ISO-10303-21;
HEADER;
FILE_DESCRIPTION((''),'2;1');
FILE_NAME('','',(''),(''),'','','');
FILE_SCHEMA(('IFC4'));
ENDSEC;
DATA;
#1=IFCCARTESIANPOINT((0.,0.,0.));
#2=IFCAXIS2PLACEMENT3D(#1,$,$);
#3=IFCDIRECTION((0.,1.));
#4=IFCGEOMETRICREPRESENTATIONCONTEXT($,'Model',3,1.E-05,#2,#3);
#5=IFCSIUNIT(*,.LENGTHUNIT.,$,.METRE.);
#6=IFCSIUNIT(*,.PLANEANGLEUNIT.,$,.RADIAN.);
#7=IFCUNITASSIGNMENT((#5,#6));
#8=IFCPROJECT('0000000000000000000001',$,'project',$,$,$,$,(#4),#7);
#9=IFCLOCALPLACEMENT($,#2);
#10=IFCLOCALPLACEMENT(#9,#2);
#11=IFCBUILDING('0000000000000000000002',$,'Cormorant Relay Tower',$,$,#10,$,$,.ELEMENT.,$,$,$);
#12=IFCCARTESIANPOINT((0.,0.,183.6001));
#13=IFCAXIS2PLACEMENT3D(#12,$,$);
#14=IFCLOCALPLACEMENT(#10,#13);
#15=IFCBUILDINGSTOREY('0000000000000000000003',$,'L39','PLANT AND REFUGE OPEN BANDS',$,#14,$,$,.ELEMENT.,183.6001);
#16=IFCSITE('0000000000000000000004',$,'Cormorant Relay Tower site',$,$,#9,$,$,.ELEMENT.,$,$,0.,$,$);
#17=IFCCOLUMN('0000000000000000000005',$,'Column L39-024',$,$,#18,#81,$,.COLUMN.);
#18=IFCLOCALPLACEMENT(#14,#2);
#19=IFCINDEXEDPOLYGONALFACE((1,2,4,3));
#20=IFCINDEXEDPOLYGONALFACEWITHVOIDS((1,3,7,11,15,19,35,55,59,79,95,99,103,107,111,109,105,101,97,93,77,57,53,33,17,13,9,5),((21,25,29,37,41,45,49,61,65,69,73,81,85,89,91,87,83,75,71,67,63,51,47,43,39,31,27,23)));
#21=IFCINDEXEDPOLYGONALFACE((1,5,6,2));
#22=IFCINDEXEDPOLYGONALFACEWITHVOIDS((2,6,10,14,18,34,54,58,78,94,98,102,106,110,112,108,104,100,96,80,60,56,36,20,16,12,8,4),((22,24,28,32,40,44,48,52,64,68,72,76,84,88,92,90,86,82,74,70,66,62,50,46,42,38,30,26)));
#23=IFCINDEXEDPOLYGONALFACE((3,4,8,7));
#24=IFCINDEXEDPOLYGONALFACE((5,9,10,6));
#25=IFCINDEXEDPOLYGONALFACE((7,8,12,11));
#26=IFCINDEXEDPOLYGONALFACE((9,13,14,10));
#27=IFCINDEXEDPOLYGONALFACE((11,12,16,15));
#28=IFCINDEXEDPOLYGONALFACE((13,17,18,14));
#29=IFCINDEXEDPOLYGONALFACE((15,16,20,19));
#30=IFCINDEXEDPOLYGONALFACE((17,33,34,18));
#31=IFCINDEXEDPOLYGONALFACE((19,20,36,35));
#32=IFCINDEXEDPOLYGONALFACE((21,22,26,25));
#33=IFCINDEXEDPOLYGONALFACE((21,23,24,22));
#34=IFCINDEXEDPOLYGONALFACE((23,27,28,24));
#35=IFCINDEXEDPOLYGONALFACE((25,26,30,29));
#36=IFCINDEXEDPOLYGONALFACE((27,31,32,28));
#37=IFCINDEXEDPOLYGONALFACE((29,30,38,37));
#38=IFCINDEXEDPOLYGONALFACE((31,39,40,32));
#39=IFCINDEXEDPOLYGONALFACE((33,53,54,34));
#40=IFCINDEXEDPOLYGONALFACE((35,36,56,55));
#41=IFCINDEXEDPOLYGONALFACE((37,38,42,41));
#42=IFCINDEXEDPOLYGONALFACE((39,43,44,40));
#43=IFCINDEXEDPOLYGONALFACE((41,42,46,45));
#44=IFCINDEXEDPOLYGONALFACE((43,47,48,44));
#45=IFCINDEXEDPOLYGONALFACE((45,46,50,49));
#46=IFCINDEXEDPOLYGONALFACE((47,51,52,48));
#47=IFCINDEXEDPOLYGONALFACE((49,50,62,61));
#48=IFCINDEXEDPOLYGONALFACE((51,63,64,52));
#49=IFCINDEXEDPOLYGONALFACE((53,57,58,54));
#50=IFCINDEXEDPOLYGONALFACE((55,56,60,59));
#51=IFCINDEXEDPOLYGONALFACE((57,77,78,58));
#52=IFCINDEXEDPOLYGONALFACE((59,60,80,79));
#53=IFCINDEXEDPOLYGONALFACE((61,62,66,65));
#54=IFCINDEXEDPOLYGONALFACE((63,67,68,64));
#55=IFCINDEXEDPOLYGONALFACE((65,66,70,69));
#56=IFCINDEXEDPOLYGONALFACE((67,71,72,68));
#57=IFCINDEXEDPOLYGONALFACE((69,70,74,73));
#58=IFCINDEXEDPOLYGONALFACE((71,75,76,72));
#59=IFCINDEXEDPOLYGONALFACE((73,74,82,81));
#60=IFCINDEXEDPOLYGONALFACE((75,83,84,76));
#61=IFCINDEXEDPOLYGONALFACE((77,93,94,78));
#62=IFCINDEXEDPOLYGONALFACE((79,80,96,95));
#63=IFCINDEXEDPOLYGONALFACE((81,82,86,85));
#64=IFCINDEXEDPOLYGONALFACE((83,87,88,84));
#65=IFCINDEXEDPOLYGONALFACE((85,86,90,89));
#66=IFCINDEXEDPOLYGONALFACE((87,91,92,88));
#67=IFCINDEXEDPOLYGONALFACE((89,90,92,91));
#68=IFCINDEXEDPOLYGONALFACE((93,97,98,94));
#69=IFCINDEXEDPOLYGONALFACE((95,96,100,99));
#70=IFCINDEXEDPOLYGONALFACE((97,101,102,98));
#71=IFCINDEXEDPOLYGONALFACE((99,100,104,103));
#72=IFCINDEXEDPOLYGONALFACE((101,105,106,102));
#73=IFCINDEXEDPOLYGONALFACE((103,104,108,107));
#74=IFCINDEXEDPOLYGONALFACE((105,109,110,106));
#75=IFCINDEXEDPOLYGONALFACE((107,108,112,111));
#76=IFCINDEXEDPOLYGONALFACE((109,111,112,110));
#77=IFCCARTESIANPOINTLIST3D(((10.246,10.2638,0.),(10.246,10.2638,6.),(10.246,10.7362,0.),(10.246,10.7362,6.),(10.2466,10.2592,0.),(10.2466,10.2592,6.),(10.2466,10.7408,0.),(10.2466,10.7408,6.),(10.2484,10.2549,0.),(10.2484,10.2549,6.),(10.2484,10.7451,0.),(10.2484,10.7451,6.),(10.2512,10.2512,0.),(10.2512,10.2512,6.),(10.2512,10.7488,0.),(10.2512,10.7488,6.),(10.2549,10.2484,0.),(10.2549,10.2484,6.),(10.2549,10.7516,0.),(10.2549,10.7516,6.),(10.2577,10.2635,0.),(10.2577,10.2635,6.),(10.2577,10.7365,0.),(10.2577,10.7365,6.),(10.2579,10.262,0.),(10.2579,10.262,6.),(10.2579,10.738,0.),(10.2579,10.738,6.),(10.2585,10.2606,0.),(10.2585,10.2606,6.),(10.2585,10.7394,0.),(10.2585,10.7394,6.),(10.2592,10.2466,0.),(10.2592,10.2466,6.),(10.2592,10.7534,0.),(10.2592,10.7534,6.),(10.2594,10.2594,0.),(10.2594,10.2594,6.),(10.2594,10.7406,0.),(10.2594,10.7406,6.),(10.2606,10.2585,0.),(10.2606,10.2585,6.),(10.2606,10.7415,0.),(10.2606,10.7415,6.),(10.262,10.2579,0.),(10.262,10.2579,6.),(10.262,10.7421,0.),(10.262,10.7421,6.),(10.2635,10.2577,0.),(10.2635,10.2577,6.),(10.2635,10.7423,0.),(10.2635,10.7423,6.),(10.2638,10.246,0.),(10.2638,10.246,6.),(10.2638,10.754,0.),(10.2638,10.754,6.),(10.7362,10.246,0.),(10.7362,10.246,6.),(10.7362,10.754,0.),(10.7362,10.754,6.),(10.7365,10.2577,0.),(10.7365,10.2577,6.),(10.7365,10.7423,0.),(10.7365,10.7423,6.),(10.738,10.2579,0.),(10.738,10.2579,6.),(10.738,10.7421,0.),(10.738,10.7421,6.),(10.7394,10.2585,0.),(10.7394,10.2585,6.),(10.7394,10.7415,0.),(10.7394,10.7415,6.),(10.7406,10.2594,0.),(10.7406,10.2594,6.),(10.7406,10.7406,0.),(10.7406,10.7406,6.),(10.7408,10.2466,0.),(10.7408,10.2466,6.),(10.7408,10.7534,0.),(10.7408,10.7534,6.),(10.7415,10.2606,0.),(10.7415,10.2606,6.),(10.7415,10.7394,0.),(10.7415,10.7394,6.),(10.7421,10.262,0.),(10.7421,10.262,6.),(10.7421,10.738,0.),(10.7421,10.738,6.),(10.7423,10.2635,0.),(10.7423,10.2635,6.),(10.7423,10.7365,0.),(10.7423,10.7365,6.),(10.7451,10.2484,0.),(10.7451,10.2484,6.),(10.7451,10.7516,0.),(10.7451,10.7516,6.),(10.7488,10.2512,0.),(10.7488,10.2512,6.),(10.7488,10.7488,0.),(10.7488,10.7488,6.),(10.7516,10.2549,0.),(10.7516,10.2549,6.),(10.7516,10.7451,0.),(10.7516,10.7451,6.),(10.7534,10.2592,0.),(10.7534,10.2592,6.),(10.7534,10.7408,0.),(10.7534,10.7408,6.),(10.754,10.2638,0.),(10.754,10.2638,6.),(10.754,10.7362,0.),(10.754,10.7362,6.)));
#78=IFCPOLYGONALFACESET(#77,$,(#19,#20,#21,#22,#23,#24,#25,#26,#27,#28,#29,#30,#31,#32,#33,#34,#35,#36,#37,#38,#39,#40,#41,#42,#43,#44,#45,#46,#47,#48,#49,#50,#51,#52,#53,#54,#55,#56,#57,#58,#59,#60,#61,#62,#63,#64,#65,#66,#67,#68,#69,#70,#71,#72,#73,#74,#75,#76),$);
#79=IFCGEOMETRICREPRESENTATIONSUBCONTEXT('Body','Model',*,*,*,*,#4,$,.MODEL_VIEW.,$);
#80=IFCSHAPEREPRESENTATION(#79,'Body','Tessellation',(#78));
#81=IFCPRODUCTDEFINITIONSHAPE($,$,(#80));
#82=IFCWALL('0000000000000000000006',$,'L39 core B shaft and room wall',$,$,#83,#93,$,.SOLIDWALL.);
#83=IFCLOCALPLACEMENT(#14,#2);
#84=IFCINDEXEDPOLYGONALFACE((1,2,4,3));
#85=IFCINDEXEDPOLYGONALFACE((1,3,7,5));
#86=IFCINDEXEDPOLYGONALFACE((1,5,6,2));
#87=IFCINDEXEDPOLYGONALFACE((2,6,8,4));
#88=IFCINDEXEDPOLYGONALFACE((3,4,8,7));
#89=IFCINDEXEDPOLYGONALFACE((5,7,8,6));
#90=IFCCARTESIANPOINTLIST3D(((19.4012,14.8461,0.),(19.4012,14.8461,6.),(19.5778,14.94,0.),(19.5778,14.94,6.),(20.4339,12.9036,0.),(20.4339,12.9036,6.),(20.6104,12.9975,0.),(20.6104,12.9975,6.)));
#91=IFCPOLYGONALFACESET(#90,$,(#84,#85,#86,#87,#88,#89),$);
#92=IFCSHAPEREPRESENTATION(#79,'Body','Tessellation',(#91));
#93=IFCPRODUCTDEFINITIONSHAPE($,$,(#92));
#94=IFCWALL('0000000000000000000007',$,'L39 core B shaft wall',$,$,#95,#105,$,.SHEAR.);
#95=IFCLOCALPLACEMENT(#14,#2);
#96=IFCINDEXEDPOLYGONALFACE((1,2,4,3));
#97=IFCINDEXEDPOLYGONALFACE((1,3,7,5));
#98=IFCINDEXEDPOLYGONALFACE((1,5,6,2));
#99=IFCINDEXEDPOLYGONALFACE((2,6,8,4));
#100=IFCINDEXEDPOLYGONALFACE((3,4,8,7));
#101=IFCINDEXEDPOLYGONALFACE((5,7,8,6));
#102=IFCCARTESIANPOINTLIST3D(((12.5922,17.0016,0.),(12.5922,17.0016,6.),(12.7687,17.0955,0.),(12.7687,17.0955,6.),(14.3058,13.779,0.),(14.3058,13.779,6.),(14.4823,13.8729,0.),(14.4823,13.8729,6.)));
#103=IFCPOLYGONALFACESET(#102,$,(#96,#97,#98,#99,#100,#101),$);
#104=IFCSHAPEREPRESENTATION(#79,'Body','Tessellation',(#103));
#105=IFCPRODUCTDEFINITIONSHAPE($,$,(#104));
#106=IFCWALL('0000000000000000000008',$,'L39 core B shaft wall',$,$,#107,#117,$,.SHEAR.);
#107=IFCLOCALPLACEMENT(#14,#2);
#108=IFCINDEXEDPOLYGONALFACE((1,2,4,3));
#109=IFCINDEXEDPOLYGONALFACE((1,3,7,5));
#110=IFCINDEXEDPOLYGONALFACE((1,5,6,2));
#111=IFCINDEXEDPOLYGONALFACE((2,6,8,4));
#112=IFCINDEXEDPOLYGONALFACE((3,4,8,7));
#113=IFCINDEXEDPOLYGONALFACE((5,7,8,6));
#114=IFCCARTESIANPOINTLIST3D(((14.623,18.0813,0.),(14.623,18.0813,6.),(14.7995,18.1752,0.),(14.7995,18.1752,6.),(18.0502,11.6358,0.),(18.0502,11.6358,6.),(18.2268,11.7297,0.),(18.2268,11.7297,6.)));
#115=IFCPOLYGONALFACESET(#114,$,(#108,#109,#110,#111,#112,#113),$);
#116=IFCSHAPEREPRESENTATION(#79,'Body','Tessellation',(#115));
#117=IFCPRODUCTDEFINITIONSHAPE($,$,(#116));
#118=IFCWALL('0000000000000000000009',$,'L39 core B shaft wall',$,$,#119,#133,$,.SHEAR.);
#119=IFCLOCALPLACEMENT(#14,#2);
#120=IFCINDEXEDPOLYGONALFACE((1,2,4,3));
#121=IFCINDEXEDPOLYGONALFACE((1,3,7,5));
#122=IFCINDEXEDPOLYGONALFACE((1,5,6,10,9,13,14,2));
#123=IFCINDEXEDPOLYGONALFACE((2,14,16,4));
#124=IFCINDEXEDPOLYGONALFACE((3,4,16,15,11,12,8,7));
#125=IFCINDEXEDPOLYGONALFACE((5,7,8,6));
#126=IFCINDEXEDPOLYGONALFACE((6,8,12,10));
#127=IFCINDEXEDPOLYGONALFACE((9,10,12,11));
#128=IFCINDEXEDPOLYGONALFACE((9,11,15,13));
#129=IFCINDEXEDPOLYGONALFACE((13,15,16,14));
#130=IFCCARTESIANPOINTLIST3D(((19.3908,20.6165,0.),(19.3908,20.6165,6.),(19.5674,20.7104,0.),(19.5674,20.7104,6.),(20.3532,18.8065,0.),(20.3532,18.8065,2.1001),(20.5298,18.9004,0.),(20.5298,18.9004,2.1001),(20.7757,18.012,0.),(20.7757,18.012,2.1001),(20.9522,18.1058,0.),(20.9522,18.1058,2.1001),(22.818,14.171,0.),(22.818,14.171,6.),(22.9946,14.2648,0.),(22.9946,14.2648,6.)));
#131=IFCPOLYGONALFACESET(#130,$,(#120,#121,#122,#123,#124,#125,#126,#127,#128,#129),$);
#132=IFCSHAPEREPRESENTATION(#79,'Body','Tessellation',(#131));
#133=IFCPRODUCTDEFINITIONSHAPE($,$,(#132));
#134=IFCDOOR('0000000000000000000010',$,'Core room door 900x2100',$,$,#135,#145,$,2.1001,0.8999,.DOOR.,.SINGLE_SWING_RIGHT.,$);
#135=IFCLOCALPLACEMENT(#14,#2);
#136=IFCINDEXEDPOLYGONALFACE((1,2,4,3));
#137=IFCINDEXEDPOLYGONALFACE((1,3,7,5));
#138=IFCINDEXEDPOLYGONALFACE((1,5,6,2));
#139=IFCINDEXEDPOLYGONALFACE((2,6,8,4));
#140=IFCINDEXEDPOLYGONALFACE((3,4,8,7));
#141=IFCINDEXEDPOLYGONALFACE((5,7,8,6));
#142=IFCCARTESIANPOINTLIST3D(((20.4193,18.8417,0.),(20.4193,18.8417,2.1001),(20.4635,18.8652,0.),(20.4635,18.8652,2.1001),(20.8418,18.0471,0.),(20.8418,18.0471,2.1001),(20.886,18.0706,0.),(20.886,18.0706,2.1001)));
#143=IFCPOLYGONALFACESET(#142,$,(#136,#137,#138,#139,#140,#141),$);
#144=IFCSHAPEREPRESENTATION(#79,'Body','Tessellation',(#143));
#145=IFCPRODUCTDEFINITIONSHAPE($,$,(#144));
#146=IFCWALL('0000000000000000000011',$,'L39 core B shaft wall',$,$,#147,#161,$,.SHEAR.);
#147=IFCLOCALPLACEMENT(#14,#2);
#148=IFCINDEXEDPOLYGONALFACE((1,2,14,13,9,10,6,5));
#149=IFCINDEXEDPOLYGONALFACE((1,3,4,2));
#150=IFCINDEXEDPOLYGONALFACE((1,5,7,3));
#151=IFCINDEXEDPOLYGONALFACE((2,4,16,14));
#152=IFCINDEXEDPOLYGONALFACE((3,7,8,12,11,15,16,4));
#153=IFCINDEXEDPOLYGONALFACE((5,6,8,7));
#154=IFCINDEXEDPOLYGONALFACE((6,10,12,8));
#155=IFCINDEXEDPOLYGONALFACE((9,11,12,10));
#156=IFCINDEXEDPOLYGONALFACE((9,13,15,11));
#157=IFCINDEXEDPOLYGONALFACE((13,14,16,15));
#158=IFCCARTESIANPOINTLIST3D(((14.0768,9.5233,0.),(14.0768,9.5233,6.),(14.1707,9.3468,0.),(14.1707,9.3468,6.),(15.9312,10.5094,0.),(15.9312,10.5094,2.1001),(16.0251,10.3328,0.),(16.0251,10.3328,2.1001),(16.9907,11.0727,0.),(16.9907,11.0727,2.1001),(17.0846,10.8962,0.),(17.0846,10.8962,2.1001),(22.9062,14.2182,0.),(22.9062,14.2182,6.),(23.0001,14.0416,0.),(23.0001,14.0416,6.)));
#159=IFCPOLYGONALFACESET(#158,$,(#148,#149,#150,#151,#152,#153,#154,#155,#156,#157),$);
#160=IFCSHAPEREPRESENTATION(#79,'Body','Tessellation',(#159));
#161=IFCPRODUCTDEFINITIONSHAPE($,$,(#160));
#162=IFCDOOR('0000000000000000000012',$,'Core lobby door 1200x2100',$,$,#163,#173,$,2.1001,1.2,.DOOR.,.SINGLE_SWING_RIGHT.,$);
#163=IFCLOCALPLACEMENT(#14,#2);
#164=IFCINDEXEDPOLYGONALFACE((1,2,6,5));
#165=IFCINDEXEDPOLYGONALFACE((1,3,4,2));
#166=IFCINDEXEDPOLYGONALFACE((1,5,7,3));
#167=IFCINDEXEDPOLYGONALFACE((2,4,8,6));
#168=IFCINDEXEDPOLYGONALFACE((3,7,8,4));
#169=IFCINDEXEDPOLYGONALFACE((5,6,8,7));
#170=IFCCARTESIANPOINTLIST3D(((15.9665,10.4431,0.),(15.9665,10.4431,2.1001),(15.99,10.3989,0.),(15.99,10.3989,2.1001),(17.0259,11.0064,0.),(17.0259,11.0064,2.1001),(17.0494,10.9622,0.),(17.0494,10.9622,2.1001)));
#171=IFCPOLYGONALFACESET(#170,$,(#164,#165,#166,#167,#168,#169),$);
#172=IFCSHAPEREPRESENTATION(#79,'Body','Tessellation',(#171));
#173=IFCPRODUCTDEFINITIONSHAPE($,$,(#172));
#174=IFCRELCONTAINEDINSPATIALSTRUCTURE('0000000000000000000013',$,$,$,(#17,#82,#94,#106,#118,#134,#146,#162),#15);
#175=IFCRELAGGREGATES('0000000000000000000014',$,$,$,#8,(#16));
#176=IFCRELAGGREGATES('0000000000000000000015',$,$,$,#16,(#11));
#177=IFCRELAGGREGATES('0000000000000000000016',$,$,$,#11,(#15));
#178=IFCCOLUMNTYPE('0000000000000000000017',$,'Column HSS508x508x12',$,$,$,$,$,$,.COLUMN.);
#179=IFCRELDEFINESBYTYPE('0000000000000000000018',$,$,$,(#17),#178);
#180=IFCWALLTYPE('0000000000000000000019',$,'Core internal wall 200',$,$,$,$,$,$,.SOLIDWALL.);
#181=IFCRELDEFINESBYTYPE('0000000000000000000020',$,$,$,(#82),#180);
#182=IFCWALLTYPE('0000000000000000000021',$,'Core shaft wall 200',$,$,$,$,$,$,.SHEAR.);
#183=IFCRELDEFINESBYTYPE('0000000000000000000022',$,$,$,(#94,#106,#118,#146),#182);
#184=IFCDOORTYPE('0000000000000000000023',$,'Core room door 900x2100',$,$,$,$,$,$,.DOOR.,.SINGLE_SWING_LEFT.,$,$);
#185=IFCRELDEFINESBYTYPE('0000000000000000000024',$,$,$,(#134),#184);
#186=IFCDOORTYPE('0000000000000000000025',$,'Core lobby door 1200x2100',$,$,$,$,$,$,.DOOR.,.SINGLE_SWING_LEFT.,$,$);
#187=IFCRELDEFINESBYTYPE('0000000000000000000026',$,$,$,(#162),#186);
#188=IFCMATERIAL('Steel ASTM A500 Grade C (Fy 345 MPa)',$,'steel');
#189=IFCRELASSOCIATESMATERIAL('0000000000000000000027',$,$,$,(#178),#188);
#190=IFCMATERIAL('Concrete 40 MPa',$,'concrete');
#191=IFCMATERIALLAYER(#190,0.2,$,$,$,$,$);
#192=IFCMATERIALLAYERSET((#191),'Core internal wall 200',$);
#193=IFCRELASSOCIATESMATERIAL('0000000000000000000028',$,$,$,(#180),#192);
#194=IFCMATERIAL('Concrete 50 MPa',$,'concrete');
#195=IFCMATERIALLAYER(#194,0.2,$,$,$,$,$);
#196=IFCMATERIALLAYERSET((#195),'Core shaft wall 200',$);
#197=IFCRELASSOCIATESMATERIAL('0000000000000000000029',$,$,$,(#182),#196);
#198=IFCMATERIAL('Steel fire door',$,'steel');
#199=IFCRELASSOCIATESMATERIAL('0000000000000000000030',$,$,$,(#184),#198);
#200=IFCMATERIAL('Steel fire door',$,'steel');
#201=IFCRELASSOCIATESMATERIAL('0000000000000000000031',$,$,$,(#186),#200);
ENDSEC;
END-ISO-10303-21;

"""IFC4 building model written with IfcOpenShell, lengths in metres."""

from ifc_helpers import new_model, si_unit, direction, frame, frame_2d, origin, origin_2d, place, context, subcontext, project, spatial, rectangle, hollow_rectangle, extrude, material, layer, layer_set, material_profile, profile_set, type_object, element, fill, save


model = new_model("IFC4")

# Units and contexts
model_context = context("Model", 3, precision=1e-05, world=origin(), true_north=direction((0.0, 1.0)))
body_context = subcontext(model_context, "Body", "Model", "MODEL_VIEW")
ifc_project = project(units=[si_unit("LENGTHUNIT", "METRE"), si_unit("PLANEANGLEUNIT", "RADIAN")], contexts=[model_context])

# Site, building, storey
site_placement = place(None, origin())
site = spatial("IfcSite", under=ifc_project, at=site_placement, Name="Cormorant Relay Tower site", CompositionType="ELEMENT", RefElevation=0.0)
building_placement = place(site_placement, origin())
building = spatial("IfcBuilding", under=site, at=building_placement, Name="Cormorant Relay Tower", CompositionType="ELEMENT")
storey_placement = place(building_placement, frame((0.0, 0.0, 183.6001)))
storey = spatial("IfcBuildingStorey", under=building, at=storey_placement, Name="L39", Description="PLANT AND REFUGE OPEN BANDS", CompositionType="ELEMENT", Elevation=183.6001)

# Column
ifc_material_1 = material(Name="Steel ASTM A500 Grade C (Fy 345 MPa)", Category="steel")
ifc_material_profile = material_profile(ifc_material_1, hollow_rectangle(XDim=0.5081, YDim=0.5081, WallThickness=0.0117, InnerFilletRadius=0.0059, OuterFilletRadius=0.0178, at=origin_2d()), Name="HSS508x508x12")
ifc_profile_set = profile_set([ifc_material_profile], Name="Steel ASTM A500 Grade C (Fy 345 MPa)")
column_type = type_object("IfcColumnType", Name="Column HSS508x508x12", PredefinedType="COLUMN", material=ifc_profile_set)
column_placement = place(storey_placement, frame((10.5, 10.5, 0.0), z_axis=(0.0, 0.0, 1.0), x_axis=(1.0, 0.0, 0.0)))
element("IfcColumn", 1, at=column_placement, inside=storey, type_object=column_type, Name="Column L39-024", PredefinedType="COLUMN", context=body_context, shape_type="SweptSolid", body=[
    extrude(hollow_rectangle(XDim=0.5081, YDim=0.5081, WallThickness=0.0117, InnerFilletRadius=0.0059, OuterFilletRadius=0.0178, at=origin_2d()), origin(), (0.0, 0.0, 1.0), 6.0),
])

# Walls
ifc_material_2 = material(Name="Concrete 40 MPa", Category="concrete")
ifc_layer_1 = layer(ifc_material_2, 0.2)
ifc_layer_set_1 = layer_set([ifc_layer_1], Name="Core internal wall 200")
wall_type_1 = type_object("IfcWallType", Name="Core internal wall 200", PredefinedType="SOLIDWALL", material=ifc_layer_set_1)
wall_1_placement = place(storey_placement, frame((20.5222, 12.9504, 0.0), z_axis=(0.0, 0.0, 1.0), x_axis=(-0.469401, 0.882985, 0.0)))
element("IfcWall", 2, at=wall_1_placement, inside=storey, type_object=wall_type_1, Name="L39 core B shaft and room wall", PredefinedType="SOLIDWALL", context=body_context, shape_type="SweptSolid", body=[
    extrude(rectangle(XDim=2.2, YDim=0.2, at=frame_2d((1.1001, 0.0))), origin(), (0.0, 0.0, 1.0), 6.0),
])
ifc_material_3 = material(Name="Concrete 50 MPa", Category="concrete")
ifc_layer_2 = layer(ifc_material_3, 0.2)
ifc_layer_set_2 = layer_set([ifc_layer_2], Name="Core shaft wall 200")
wall_type_2 = type_object("IfcWallType", Name="Core shaft wall 200", PredefinedType="SHEAR", material=ifc_layer_set_2)
wall_2_placement = place(storey_placement, frame((14.394, 13.8259, 0.0), z_axis=(0.0, 0.0, 1.0), x_axis=(-0.469494, 0.882936, 0.0)))
element("IfcWall", 3, at=wall_2_placement, inside=storey, type_object=wall_type_2, Name="L39 core B shaft wall", PredefinedType="SHEAR", context=body_context, shape_type="SweptSolid", body=[
    extrude(rectangle(XDim=3.6499, YDim=0.2, at=frame_2d((1.825, 0.0))), origin(), (0.0, 0.0, 1.0), 6.0),
])
wall_3_placement = place(storey_placement, frame((18.1384, 11.6829, 0.0), z_axis=(0.0, 0.0, 1.0), x_axis=(-0.46948, 0.882943, 0.0)))
element("IfcWall", 4, at=wall_3_placement, inside=storey, type_object=wall_type_2, Name="L39 core B shaft wall", PredefinedType="SHEAR", context=body_context, shape_type="SweptSolid", body=[
    extrude(rectangle(XDim=7.3, YDim=0.2, at=frame_2d((3.6499, 0.0))), origin(), (0.0, 0.0, 1.0), 6.0),
])

# Walls, openings, doors
wall_4_placement = place(storey_placement, frame((22.9062, 14.218, 0.0), z_axis=(0.0, 0.0, 1.0), x_axis=(-0.46948, 0.882943, 0.0)))
wall_4 = element("IfcWall", 5, at=wall_4_placement, inside=storey, type_object=wall_type_2, Name="L39 core B shaft wall", PredefinedType="SHEAR", context=body_context, shape_type="SweptSolid", body=[
    extrude(rectangle(XDim=7.3, YDim=0.2, at=frame_2d((3.6499, 0.0))), origin(), (0.0, 0.0, 1.0), 6.0),
])
opening_1_placement = place(wall_4_placement, frame((4.3501, 0.0, 0.0)))
opening_1 = element("IfcOpeningElement", 6, at=opening_1_placement, cuts=wall_4, PredefinedType="OPENING", context=body_context, shape_type="SweptSolid", body=[
    extrude(rectangle(XDim=0.8999, YDim=2.1001, at=frame_2d((0.45, 1.05))), frame((0.0, 0.1099, 0.0), z_axis=(0.0, -1.0, 0.0), x_axis=(1.0, 0.0, 0.0)), (0.0, 0.0, 1.0), 0.22),
])
ifc_material_4 = material(Name="Steel fire door", Category="steel")
door_type_1 = type_object("IfcDoorType", Name="Core room door 900x2100", OperationType="SINGLE_SWING_LEFT", PredefinedType="DOOR", material=ifc_material_4)
door_1_placement = place(opening_1_placement, frame((0.8999, 0.0, 0.0), z_axis=(0.0, 0.0, 1.0), x_axis=(-1.0, 0.0, 0.0)))
door_1 = element("IfcDoor", 7, at=door_1_placement, inside=storey, type_object=door_type_1, Name="Core room door 900x2100", OperationType="SINGLE_SWING_RIGHT", OverallHeight=2.1001, OverallWidth=0.8999, PredefinedType="DOOR", context=body_context, shape_type="SweptSolid", body=[
    extrude(rectangle(XDim=0.8999, YDim=2.1001, at=frame_2d((0.45, 1.05))), frame((0.0, 0.0249, 0.0), z_axis=(0.0, -1.0, 0.0), x_axis=(1.0, 0.0, 0.0)), (0.0, 0.0, 1.0), 0.05),
])
fill(opening_1, door_1)
wall_5_placement = place(storey_placement, frame((14.1238, 9.4351, 0.0), z_axis=(0.0, 0.0, 1.0), x_axis=(0.88294, 0.469485, 0.0)))
wall_5 = element("IfcWall", 8, at=wall_5_placement, inside=storey, type_object=wall_type_2, Name="L39 core B shaft wall", PredefinedType="SHEAR", context=body_context, shape_type="SweptSolid", body=[
    extrude(rectangle(XDim=10.0, YDim=0.2, at=frame_2d((5.0, 0.0))), origin(), (0.0, 0.0, 1.0), 6.0),
])
opening_2_placement = place(wall_5_placement, frame((2.1001, 0.0, 0.0)))
opening_2 = element("IfcOpeningElement", 9, at=opening_2_placement, cuts=wall_5, PredefinedType="OPENING", context=body_context, shape_type="SweptSolid", body=[
    extrude(rectangle(XDim=1.2, YDim=2.1001, at=frame_2d((0.6001, 1.05))), frame((0.0, 0.1099, 0.0), z_axis=(0.0, -1.0, 0.0), x_axis=(1.0, 0.0, 0.0)), (0.0, 0.0, 1.0), 0.22),
])
ifc_material_5 = material(Name="Steel fire door", Category="steel")
door_type_2 = type_object("IfcDoorType", Name="Core lobby door 1200x2100", OperationType="SINGLE_SWING_LEFT", PredefinedType="DOOR", material=ifc_material_5)
door_2_placement = place(opening_2_placement, origin())
door_2 = element("IfcDoor", 10, at=door_2_placement, inside=storey, type_object=door_type_2, Name="Core lobby door 1200x2100", OperationType="SINGLE_SWING_RIGHT", OverallHeight=2.1001, OverallWidth=1.2, PredefinedType="DOOR", context=body_context, shape_type="SweptSolid", body=[
    extrude(rectangle(XDim=1.2, YDim=2.1001, at=frame_2d((0.6001, 1.05))), frame((0.0, 0.0249, 0.0), z_axis=(0.0, -1.0, 0.0), x_axis=(1.0, 0.0, 0.0)), (0.0, 0.0, 1.0), 0.05),
])
fill(opening_2, door_2)

save(model, "model.ifc")
